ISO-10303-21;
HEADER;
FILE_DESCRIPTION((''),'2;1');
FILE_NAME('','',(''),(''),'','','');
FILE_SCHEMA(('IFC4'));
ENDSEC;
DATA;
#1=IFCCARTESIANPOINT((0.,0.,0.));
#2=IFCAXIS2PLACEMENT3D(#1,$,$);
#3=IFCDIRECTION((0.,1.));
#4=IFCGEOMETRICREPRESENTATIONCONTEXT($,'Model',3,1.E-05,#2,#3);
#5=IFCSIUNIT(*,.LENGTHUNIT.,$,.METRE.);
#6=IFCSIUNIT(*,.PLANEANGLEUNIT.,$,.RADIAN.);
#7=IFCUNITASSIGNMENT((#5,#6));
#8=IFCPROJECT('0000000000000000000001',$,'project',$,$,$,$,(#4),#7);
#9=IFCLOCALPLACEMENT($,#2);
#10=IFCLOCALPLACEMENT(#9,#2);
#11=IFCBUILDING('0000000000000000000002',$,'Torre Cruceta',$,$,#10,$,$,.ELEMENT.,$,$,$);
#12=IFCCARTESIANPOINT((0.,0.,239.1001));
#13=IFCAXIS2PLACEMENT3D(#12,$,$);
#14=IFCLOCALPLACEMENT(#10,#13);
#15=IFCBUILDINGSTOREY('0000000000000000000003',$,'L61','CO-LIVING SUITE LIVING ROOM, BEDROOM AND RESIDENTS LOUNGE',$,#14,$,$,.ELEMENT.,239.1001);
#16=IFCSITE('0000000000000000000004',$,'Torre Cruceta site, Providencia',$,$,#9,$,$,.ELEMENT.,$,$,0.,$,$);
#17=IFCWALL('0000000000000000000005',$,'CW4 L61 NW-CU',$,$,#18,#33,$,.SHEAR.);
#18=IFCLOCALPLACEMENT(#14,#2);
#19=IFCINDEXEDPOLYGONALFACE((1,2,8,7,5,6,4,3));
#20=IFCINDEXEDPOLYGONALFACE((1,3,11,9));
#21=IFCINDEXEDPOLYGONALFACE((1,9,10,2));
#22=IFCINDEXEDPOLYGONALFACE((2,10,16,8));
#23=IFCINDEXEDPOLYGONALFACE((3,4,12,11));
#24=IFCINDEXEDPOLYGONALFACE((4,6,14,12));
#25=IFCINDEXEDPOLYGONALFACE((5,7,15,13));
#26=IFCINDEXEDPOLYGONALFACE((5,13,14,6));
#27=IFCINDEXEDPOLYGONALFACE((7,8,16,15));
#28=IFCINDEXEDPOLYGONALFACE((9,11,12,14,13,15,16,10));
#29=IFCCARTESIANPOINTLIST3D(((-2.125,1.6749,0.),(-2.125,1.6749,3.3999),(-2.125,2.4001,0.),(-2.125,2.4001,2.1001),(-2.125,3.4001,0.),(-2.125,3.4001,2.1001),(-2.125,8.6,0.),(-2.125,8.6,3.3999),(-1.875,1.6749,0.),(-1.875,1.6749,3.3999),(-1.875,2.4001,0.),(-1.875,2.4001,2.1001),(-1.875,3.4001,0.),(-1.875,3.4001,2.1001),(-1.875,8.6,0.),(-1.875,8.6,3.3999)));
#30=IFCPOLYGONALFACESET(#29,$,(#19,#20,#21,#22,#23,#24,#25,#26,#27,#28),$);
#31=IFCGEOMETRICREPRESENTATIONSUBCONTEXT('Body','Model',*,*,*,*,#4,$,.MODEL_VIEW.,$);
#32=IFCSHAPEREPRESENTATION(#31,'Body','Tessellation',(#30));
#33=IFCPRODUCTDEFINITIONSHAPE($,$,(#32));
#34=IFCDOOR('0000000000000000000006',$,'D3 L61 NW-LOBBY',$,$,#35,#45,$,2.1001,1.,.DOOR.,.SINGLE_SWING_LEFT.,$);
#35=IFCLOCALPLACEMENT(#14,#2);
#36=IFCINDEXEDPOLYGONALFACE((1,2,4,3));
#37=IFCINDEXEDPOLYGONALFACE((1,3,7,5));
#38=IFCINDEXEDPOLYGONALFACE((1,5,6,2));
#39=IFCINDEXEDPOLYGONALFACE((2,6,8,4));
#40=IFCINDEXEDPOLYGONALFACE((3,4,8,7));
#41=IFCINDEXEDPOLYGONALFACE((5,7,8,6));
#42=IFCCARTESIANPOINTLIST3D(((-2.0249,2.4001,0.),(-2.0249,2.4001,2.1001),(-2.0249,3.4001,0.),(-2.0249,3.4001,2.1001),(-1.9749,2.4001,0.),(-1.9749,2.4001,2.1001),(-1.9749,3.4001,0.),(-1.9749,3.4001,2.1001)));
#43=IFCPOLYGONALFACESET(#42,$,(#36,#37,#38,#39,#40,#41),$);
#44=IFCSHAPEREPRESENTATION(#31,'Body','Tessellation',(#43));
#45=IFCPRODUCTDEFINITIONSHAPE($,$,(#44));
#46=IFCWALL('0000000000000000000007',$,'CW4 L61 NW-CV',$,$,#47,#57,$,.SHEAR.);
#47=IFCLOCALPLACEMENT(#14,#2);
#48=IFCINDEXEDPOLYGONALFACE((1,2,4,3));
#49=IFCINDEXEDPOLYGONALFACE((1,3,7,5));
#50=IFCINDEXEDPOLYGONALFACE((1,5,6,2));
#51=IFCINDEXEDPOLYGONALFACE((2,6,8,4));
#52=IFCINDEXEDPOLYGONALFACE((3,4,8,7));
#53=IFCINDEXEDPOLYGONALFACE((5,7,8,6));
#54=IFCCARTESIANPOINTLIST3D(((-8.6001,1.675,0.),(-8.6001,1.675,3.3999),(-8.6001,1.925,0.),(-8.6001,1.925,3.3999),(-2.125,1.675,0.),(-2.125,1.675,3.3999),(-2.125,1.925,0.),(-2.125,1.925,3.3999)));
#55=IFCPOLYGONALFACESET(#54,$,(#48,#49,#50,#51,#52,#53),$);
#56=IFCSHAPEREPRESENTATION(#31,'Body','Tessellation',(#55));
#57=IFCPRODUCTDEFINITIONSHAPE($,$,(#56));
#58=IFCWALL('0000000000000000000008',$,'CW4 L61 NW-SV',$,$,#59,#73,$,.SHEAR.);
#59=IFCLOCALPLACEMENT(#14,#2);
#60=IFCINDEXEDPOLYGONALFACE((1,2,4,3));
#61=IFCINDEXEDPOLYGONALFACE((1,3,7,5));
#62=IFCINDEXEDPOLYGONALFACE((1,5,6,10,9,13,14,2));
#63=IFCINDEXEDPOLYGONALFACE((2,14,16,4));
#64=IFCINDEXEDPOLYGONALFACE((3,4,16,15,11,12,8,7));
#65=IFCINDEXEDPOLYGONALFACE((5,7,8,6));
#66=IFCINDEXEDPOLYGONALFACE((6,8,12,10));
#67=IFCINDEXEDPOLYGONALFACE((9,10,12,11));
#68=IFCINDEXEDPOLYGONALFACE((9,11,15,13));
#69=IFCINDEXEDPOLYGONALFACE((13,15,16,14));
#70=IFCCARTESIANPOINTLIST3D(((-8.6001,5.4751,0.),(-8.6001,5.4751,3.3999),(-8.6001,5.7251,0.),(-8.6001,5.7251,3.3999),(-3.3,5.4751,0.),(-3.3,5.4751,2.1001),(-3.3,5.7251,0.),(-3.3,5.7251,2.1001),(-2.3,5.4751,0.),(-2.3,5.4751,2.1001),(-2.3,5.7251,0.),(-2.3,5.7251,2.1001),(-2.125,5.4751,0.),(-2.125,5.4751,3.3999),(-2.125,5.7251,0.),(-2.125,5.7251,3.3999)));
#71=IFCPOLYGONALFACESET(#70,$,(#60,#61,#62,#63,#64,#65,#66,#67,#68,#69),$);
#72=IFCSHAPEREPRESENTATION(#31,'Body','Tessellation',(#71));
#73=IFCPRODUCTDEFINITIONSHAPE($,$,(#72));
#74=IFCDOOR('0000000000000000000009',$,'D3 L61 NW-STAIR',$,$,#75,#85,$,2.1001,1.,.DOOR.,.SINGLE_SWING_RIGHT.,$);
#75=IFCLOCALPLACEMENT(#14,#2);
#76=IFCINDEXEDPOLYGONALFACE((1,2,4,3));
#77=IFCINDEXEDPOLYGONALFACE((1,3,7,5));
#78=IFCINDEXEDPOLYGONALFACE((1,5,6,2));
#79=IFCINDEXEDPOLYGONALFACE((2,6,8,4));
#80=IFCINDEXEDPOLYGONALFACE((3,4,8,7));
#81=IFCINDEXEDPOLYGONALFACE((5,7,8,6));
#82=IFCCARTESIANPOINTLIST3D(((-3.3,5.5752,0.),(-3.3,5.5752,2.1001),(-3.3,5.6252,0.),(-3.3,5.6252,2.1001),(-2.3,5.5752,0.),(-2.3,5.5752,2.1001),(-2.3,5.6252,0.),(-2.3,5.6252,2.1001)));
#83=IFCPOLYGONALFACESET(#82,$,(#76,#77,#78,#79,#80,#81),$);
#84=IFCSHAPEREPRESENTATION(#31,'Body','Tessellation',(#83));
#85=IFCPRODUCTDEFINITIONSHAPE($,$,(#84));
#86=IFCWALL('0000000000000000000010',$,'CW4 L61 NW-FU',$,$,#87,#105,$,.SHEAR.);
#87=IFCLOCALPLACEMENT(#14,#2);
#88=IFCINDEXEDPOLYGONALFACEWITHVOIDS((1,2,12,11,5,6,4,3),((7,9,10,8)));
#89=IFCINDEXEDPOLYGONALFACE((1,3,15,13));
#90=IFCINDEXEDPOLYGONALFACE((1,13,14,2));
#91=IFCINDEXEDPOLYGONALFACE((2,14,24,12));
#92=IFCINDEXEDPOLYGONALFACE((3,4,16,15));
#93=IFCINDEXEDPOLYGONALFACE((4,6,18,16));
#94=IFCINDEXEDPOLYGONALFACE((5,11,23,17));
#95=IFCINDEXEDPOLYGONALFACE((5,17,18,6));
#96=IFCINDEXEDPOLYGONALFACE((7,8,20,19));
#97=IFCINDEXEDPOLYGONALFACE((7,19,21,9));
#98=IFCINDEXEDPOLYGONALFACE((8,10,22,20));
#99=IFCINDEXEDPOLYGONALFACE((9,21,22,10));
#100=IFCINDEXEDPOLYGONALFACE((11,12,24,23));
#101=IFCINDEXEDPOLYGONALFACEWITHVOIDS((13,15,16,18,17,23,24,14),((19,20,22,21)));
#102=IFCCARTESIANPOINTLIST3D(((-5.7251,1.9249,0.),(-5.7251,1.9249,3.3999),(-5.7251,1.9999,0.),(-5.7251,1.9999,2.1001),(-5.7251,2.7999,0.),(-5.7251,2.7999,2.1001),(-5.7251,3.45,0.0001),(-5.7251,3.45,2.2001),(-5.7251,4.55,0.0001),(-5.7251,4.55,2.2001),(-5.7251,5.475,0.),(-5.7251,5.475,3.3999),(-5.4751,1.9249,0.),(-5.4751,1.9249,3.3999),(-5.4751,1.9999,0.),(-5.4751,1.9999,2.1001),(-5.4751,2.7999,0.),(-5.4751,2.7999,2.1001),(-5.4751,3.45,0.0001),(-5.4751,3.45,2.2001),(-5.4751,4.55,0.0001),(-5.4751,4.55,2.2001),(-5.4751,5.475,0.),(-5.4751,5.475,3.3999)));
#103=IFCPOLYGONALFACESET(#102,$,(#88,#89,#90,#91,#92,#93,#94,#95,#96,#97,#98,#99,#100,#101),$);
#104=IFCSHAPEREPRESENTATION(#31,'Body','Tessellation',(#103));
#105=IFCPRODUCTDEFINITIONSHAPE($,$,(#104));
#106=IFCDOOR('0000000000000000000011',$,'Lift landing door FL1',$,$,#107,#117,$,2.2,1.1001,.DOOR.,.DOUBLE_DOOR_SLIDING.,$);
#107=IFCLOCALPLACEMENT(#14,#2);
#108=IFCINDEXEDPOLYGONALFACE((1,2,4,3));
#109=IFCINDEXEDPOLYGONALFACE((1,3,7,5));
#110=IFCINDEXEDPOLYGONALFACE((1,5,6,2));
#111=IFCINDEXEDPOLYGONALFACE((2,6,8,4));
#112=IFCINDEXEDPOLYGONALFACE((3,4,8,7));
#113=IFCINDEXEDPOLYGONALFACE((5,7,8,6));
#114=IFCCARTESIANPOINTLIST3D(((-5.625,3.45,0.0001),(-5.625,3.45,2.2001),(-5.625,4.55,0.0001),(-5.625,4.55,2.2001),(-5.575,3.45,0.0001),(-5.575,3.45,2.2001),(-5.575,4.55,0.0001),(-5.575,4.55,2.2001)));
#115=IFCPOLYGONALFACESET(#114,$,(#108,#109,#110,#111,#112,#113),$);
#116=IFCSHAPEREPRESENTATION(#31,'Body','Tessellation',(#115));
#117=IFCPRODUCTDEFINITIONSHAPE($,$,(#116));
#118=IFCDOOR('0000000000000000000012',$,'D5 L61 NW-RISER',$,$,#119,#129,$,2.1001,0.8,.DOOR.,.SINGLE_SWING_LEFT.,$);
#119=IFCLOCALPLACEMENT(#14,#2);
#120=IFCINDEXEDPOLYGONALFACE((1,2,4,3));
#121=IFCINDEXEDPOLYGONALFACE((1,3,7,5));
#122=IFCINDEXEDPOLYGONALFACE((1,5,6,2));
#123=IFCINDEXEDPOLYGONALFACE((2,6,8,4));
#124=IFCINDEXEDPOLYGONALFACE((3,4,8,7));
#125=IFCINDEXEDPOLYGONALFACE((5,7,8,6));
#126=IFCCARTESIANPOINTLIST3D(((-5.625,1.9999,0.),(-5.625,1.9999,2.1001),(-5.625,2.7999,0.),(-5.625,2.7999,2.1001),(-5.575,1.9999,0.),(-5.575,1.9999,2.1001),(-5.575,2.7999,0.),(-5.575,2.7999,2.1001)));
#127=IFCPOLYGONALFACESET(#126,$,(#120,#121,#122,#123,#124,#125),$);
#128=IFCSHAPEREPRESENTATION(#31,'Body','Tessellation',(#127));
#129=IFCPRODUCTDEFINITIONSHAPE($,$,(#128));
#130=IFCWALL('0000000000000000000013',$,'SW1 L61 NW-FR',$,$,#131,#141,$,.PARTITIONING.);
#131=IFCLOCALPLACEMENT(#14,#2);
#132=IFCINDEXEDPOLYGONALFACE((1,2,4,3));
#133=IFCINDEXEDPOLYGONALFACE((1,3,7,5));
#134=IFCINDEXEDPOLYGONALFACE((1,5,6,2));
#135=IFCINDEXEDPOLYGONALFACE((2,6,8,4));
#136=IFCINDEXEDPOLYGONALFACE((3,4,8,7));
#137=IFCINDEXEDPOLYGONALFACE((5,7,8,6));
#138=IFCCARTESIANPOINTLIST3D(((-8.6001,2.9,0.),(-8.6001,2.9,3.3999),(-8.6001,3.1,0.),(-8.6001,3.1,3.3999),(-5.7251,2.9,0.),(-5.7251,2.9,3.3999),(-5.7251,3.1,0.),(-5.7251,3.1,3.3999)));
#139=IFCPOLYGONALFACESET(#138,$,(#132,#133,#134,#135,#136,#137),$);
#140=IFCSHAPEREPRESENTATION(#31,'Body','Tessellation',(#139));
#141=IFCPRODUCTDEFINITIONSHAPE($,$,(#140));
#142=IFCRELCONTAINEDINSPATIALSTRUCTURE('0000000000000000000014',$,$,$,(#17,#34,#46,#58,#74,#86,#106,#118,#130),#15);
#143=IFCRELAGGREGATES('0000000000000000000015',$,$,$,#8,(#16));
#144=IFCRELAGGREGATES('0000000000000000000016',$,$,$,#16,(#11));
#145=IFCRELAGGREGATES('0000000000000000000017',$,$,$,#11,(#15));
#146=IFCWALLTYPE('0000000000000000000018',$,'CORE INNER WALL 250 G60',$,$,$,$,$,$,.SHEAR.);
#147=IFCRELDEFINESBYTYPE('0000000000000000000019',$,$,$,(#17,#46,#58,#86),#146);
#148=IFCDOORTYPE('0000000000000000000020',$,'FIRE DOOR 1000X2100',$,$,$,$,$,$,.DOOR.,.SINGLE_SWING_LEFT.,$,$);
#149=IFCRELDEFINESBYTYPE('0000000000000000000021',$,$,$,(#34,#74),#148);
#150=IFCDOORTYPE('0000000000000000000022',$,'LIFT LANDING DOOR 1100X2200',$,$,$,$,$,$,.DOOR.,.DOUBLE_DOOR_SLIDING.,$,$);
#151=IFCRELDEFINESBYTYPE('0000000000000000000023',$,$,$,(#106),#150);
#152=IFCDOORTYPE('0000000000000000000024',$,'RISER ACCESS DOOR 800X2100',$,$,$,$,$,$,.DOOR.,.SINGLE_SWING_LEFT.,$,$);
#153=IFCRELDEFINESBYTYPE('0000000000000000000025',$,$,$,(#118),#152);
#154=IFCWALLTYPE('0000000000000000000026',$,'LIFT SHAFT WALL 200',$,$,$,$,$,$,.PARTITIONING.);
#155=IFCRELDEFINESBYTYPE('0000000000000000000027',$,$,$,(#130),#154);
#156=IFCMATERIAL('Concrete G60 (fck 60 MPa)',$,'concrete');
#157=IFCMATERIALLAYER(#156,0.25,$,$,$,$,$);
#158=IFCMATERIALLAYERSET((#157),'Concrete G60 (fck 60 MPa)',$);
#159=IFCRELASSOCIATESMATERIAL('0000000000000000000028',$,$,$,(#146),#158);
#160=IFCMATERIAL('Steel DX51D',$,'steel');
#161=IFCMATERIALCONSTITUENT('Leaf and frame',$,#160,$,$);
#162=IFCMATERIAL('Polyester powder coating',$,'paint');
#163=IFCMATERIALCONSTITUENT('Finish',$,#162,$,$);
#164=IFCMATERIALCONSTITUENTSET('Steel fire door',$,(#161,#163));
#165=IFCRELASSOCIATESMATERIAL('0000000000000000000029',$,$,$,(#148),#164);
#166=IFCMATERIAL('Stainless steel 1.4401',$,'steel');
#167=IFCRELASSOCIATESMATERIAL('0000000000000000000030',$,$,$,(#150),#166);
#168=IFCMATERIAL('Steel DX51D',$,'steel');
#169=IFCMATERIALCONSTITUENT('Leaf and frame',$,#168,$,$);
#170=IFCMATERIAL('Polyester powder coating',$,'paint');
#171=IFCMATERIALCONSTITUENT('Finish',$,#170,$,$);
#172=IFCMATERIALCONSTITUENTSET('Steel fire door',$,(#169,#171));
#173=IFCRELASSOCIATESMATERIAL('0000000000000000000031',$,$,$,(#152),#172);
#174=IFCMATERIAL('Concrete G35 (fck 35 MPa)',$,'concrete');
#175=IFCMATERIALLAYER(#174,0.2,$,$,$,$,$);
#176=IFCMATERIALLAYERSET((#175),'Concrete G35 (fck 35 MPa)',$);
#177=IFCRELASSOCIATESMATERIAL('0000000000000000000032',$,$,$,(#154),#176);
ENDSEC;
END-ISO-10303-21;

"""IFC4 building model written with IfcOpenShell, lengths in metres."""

from ifc_helpers import new_model, si_unit, direction, frame, frame_2d, origin, place, context, subcontext, project, spatial, rectangle, extrude, material, layer, layer_set, constituent, constituent_set, type_object, element, fill, save


model = new_model("IFC4")

# Units and contexts
model_context = context("Model", 3, precision=1e-05, world=origin(), true_north=direction((0.0, 1.0)))
body_context = subcontext(model_context, "Body", "Model", "MODEL_VIEW")
ifc_project = project(units=[si_unit("LENGTHUNIT", "METRE"), si_unit("PLANEANGLEUNIT", "RADIAN")], contexts=[model_context])

# Site, building, storey
site_placement = place(None, origin())
site = spatial("IfcSite", under=ifc_project, at=site_placement, Name="Torre Cruceta site, Providencia", CompositionType="ELEMENT", RefElevation=0.0)
building_placement = place(site_placement, origin())
building = spatial("IfcBuilding", under=site, at=building_placement, Name="Torre Cruceta", CompositionType="ELEMENT")
storey_placement = place(building_placement, frame((0.0, 0.0, 239.1001)))
storey = spatial("IfcBuildingStorey", under=building, at=storey_placement, Name="L61", Description="CO-LIVING SUITE LIVING ROOM, BEDROOM AND RESIDENTS LOUNGE", CompositionType="ELEMENT", Elevation=239.1001)

# Wall, opening, door
ifc_material_1 = material(Name="Concrete G60 (fck 60 MPa)", Category="concrete")
ifc_layer_1 = layer(ifc_material_1, 0.25)
ifc_layer_set_1 = layer_set([ifc_layer_1], Name="Concrete G60 (fck 60 MPa)")
wall_type_1 = type_object("IfcWallType", Name="CORE INNER WALL 250 G60", PredefinedType="SHEAR", material=ifc_layer_set_1)
wall_1_placement = place(storey_placement, frame((-2.0, 1.675, 0.0), z_axis=(0.0, 0.0, 1.0), x_axis=(0.0, 1.0, 0.0)))
wall_1 = element("IfcWall", 1, at=wall_1_placement, inside=storey, type_object=wall_type_1, Name="CW4 L61 NW-CU", PredefinedType="SHEAR", context=body_context, shape_type="SweptSolid", body=[
    extrude(rectangle(XDim=6.925, YDim=0.25, at=frame_2d((3.4624, 0.0))), origin(), (0.0, 0.0, 1.0), 3.3999),
])
opening_1_placement = place(wall_1_placement, frame((0.7251, 0.0, 0.0)))
opening_1 = element("IfcOpeningElement", 2, at=opening_1_placement, cuts=wall_1, PredefinedType="OPENING", context=body_context, shape_type="SweptSolid", body=[
    extrude(rectangle(XDim=1.0, YDim=2.1001, at=frame_2d((0.5, 1.05))), frame((0.0, 0.135, 0.0), z_axis=(0.0, -1.0, 0.0), x_axis=(1.0, 0.0, 0.0)), (0.0, 0.0, 1.0), 0.27),
])
ifc_material_2 = material(Name="Steel DX51D", Category="steel")
ifc_constituent_1 = constituent(ifc_material_2, Name="Leaf and frame")
ifc_material_3 = material(Name="Polyester powder coating", Category="paint")
ifc_constituent_2 = constituent(ifc_material_3, Name="Finish")
ifc_constituent_set_1 = constituent_set(constituents=[ifc_constituent_1, ifc_constituent_2], Name="Steel fire door")
door_type_1 = type_object("IfcDoorType", Name="FIRE DOOR 1000X2100", OperationType="SINGLE_SWING_LEFT", PredefinedType="DOOR", material=ifc_constituent_set_1)
door_1_placement = place(opening_1_placement, origin())
door_1 = element("IfcDoor", 3, at=door_1_placement, inside=storey, type_object=door_type_1, Name="D3 L61 NW-LOBBY", OperationType="SINGLE_SWING_LEFT", OverallHeight=2.1001, OverallWidth=1.0, PredefinedType="DOOR", context=body_context, shape_type="SweptSolid", body=[
    extrude(rectangle(XDim=1.0, YDim=2.1001, at=frame_2d((0.5, 1.05))), frame((0.0, 0.0249, 0.0), z_axis=(0.0, -1.0, 0.0), x_axis=(1.0, 0.0, 0.0)), (0.0, 0.0, 1.0), 0.05),
])
fill(opening_1, door_1)

# Wall
wall_2_placement = place(storey_placement, frame((-2.125, 1.8, 0.0), z_axis=(0.0, 0.0, 1.0), x_axis=(-1.0, 0.0, 0.0)))
element("IfcWall", 4, at=wall_2_placement, inside=storey, type_object=wall_type_1, Name="CW4 L61 NW-CV", PredefinedType="SHEAR", context=body_context, shape_type="SweptSolid", body=[
    extrude(rectangle(XDim=6.4751, YDim=0.25, at=frame_2d((3.2375, 0.0))), origin(), (0.0, 0.0, 1.0), 3.3999),
])

# Wall, opening, door
wall_3_placement = place(storey_placement, frame((-2.125, 5.6001, 0.0), z_axis=(0.0, 0.0, 1.0), x_axis=(-1.0, 0.0, 0.0)))
wall_3 = element("IfcWall", 5, at=wall_3_placement, inside=storey, type_object=wall_type_1, Name="CW4 L61 NW-SV", PredefinedType="SHEAR", context=body_context, shape_type="SweptSolid", body=[
    extrude(rectangle(XDim=6.4751, YDim=0.25, at=frame_2d((3.2375, 0.0))), origin(), (0.0, 0.0, 1.0), 3.3999),
])
opening_2_placement = place(wall_3_placement, frame((0.175, 0.0, 0.0)))
opening_2 = element("IfcOpeningElement", 6, at=opening_2_placement, cuts=wall_3, PredefinedType="OPENING", context=body_context, shape_type="SweptSolid", body=[
    extrude(rectangle(XDim=1.0, YDim=2.1001, at=frame_2d((0.5, 1.05))), frame((0.0, 0.135, 0.0), z_axis=(0.0, -1.0, 0.0), x_axis=(1.0, 0.0, 0.0)), (0.0, 0.0, 1.0), 0.27),
])
door_2_placement = place(opening_2_placement, frame((1.0, 0.0, 0.0), z_axis=(0.0, 0.0, 1.0), x_axis=(-1.0, 0.0, 0.0)))
door_2 = element("IfcDoor", 7, at=door_2_placement, inside=storey, type_object=door_type_1, Name="D3 L61 NW-STAIR", OperationType="SINGLE_SWING_RIGHT", OverallHeight=2.1001, OverallWidth=1.0, PredefinedType="DOOR", context=body_context, shape_type="SweptSolid", body=[
    extrude(rectangle(XDim=1.0, YDim=2.1001, at=frame_2d((0.5, 1.05))), frame((0.0, 0.0251, 0.0), z_axis=(0.0, -1.0, 0.0), x_axis=(1.0, 0.0, 0.0)), (0.0, 0.0, 1.0), 0.05),
])
fill(opening_2, door_2)

# Wall, openings, doors
wall_4_placement = place(storey_placement, frame((-5.6001, 1.925, 0.0), z_axis=(0.0, 0.0, 1.0), x_axis=(0.0, 1.0, 0.0)))
wall_4 = element("IfcWall", 8, at=wall_4_placement, inside=storey, type_object=wall_type_1, Name="CW4 L61 NW-FU", PredefinedType="SHEAR", context=body_context, shape_type="SweptSolid", body=[
    extrude(rectangle(XDim=3.55, YDim=0.25, at=frame_2d((1.7749, 0.0))), origin(), (0.0, 0.0, 1.0), 3.3999),
])
opening_3_placement = place(wall_4_placement, frame((1.5249, 0.0, 0.0)))
opening_3 = element("IfcOpeningElement", 9, at=opening_3_placement, cuts=wall_4, PredefinedType="OPENING", context=body_context, shape_type="SweptSolid", body=[
    extrude(rectangle(XDim=1.1001, YDim=2.2, at=frame_2d((0.55, 1.1001))), frame((0.0, 0.135, 0.0), z_axis=(0.0, -1.0, 0.0), x_axis=(1.0, 0.0, 0.0)), (0.0, 0.0, 1.0), 0.27),
])
opening_4_placement = place(wall_4_placement, frame((0.075, 0.0, 0.0)))
opening_4 = element("IfcOpeningElement", 10, at=opening_4_placement, cuts=wall_4, PredefinedType="OPENING", context=body_context, shape_type="SweptSolid", body=[
    extrude(rectangle(XDim=0.8, YDim=2.1001, at=frame_2d((0.3999, 1.05))), frame((0.0, 0.135, 0.0), z_axis=(0.0, -1.0, 0.0), x_axis=(1.0, 0.0, 0.0)), (0.0, 0.0, 1.0), 0.27),
])
ifc_material_4 = material(Name="Stainless steel 1.4401", Category="steel")
door_type_2 = type_object("IfcDoorType", Name="LIFT LANDING DOOR 1100X2200", OperationType="DOUBLE_DOOR_SLIDING", PredefinedType="DOOR", material=ifc_material_4)
door_3_placement = place(opening_3_placement, origin())
door_3 = element("IfcDoor", 11, at=door_3_placement, inside=storey, type_object=door_type_2, Name="Lift landing door FL1", OperationType="DOUBLE_DOOR_SLIDING", OverallHeight=2.2, OverallWidth=1.1001, PredefinedType="DOOR", context=body_context, shape_type="SweptSolid", body=[
    extrude(rectangle(XDim=1.1001, YDim=2.2, at=frame_2d((0.55, 1.1001))), frame((0.0, 0.0249, 0.0), z_axis=(0.0, -1.0, 0.0), x_axis=(1.0, 0.0, 0.0)), (0.0, 0.0, 1.0), 0.05),
])
fill(opening_3, door_3)
ifc_material_5 = material(Name="Steel DX51D", Category="steel")
ifc_constituent_3 = constituent(ifc_material_5, Name="Leaf and frame")
ifc_material_6 = material(Name="Polyester powder coating", Category="paint")
ifc_constituent_4 = constituent(ifc_material_6, Name="Finish")
ifc_constituent_set_2 = constituent_set(constituents=[ifc_constituent_3, ifc_constituent_4], Name="Steel fire door")
door_type_3 = type_object("IfcDoorType", Name="RISER ACCESS DOOR 800X2100", OperationType="SINGLE_SWING_LEFT", PredefinedType="DOOR", material=ifc_constituent_set_2)
door_4_placement = place(opening_4_placement, origin())
door_4 = element("IfcDoor", 12, at=door_4_placement, inside=storey, type_object=door_type_3, Name="D5 L61 NW-RISER", OperationType="SINGLE_SWING_LEFT", OverallHeight=2.1001, OverallWidth=0.8, PredefinedType="DOOR", context=body_context, shape_type="SweptSolid", body=[
    extrude(rectangle(XDim=0.8, YDim=2.1001, at=frame_2d((0.3999, 1.05))), frame((0.0, 0.0249, 0.0), z_axis=(0.0, -1.0, 0.0), x_axis=(1.0, 0.0, 0.0)), (0.0, 0.0, 1.0), 0.05),
])
fill(opening_4, door_4)

# Wall
ifc_material_7 = material(Name="Concrete G35 (fck 35 MPa)", Category="concrete")
ifc_layer_2 = layer(ifc_material_7, 0.2)
ifc_layer_set_2 = layer_set([ifc_layer_2], Name="Concrete G35 (fck 35 MPa)")
wall_type_2 = type_object("IfcWallType", Name="LIFT SHAFT WALL 200", PredefinedType="PARTITIONING", material=ifc_layer_set_2)
wall_5_placement = place(storey_placement, frame((-5.7251, 3.0, 0.0), z_axis=(0.0, 0.0, 1.0), x_axis=(-1.0, 0.0, 0.0)))
element("IfcWall", 13, at=wall_5_placement, inside=storey, type_object=wall_type_2, Name="SW1 L61 NW-FR", PredefinedType="PARTITIONING", context=body_context, shape_type="SweptSolid", body=[
    extrude(rectangle(XDim=2.875, YDim=0.2, at=frame_2d((1.4375, 0.0))), origin(), (0.0, 0.0, 1.0), 3.3999),
])

save(model, "model.ifc")
